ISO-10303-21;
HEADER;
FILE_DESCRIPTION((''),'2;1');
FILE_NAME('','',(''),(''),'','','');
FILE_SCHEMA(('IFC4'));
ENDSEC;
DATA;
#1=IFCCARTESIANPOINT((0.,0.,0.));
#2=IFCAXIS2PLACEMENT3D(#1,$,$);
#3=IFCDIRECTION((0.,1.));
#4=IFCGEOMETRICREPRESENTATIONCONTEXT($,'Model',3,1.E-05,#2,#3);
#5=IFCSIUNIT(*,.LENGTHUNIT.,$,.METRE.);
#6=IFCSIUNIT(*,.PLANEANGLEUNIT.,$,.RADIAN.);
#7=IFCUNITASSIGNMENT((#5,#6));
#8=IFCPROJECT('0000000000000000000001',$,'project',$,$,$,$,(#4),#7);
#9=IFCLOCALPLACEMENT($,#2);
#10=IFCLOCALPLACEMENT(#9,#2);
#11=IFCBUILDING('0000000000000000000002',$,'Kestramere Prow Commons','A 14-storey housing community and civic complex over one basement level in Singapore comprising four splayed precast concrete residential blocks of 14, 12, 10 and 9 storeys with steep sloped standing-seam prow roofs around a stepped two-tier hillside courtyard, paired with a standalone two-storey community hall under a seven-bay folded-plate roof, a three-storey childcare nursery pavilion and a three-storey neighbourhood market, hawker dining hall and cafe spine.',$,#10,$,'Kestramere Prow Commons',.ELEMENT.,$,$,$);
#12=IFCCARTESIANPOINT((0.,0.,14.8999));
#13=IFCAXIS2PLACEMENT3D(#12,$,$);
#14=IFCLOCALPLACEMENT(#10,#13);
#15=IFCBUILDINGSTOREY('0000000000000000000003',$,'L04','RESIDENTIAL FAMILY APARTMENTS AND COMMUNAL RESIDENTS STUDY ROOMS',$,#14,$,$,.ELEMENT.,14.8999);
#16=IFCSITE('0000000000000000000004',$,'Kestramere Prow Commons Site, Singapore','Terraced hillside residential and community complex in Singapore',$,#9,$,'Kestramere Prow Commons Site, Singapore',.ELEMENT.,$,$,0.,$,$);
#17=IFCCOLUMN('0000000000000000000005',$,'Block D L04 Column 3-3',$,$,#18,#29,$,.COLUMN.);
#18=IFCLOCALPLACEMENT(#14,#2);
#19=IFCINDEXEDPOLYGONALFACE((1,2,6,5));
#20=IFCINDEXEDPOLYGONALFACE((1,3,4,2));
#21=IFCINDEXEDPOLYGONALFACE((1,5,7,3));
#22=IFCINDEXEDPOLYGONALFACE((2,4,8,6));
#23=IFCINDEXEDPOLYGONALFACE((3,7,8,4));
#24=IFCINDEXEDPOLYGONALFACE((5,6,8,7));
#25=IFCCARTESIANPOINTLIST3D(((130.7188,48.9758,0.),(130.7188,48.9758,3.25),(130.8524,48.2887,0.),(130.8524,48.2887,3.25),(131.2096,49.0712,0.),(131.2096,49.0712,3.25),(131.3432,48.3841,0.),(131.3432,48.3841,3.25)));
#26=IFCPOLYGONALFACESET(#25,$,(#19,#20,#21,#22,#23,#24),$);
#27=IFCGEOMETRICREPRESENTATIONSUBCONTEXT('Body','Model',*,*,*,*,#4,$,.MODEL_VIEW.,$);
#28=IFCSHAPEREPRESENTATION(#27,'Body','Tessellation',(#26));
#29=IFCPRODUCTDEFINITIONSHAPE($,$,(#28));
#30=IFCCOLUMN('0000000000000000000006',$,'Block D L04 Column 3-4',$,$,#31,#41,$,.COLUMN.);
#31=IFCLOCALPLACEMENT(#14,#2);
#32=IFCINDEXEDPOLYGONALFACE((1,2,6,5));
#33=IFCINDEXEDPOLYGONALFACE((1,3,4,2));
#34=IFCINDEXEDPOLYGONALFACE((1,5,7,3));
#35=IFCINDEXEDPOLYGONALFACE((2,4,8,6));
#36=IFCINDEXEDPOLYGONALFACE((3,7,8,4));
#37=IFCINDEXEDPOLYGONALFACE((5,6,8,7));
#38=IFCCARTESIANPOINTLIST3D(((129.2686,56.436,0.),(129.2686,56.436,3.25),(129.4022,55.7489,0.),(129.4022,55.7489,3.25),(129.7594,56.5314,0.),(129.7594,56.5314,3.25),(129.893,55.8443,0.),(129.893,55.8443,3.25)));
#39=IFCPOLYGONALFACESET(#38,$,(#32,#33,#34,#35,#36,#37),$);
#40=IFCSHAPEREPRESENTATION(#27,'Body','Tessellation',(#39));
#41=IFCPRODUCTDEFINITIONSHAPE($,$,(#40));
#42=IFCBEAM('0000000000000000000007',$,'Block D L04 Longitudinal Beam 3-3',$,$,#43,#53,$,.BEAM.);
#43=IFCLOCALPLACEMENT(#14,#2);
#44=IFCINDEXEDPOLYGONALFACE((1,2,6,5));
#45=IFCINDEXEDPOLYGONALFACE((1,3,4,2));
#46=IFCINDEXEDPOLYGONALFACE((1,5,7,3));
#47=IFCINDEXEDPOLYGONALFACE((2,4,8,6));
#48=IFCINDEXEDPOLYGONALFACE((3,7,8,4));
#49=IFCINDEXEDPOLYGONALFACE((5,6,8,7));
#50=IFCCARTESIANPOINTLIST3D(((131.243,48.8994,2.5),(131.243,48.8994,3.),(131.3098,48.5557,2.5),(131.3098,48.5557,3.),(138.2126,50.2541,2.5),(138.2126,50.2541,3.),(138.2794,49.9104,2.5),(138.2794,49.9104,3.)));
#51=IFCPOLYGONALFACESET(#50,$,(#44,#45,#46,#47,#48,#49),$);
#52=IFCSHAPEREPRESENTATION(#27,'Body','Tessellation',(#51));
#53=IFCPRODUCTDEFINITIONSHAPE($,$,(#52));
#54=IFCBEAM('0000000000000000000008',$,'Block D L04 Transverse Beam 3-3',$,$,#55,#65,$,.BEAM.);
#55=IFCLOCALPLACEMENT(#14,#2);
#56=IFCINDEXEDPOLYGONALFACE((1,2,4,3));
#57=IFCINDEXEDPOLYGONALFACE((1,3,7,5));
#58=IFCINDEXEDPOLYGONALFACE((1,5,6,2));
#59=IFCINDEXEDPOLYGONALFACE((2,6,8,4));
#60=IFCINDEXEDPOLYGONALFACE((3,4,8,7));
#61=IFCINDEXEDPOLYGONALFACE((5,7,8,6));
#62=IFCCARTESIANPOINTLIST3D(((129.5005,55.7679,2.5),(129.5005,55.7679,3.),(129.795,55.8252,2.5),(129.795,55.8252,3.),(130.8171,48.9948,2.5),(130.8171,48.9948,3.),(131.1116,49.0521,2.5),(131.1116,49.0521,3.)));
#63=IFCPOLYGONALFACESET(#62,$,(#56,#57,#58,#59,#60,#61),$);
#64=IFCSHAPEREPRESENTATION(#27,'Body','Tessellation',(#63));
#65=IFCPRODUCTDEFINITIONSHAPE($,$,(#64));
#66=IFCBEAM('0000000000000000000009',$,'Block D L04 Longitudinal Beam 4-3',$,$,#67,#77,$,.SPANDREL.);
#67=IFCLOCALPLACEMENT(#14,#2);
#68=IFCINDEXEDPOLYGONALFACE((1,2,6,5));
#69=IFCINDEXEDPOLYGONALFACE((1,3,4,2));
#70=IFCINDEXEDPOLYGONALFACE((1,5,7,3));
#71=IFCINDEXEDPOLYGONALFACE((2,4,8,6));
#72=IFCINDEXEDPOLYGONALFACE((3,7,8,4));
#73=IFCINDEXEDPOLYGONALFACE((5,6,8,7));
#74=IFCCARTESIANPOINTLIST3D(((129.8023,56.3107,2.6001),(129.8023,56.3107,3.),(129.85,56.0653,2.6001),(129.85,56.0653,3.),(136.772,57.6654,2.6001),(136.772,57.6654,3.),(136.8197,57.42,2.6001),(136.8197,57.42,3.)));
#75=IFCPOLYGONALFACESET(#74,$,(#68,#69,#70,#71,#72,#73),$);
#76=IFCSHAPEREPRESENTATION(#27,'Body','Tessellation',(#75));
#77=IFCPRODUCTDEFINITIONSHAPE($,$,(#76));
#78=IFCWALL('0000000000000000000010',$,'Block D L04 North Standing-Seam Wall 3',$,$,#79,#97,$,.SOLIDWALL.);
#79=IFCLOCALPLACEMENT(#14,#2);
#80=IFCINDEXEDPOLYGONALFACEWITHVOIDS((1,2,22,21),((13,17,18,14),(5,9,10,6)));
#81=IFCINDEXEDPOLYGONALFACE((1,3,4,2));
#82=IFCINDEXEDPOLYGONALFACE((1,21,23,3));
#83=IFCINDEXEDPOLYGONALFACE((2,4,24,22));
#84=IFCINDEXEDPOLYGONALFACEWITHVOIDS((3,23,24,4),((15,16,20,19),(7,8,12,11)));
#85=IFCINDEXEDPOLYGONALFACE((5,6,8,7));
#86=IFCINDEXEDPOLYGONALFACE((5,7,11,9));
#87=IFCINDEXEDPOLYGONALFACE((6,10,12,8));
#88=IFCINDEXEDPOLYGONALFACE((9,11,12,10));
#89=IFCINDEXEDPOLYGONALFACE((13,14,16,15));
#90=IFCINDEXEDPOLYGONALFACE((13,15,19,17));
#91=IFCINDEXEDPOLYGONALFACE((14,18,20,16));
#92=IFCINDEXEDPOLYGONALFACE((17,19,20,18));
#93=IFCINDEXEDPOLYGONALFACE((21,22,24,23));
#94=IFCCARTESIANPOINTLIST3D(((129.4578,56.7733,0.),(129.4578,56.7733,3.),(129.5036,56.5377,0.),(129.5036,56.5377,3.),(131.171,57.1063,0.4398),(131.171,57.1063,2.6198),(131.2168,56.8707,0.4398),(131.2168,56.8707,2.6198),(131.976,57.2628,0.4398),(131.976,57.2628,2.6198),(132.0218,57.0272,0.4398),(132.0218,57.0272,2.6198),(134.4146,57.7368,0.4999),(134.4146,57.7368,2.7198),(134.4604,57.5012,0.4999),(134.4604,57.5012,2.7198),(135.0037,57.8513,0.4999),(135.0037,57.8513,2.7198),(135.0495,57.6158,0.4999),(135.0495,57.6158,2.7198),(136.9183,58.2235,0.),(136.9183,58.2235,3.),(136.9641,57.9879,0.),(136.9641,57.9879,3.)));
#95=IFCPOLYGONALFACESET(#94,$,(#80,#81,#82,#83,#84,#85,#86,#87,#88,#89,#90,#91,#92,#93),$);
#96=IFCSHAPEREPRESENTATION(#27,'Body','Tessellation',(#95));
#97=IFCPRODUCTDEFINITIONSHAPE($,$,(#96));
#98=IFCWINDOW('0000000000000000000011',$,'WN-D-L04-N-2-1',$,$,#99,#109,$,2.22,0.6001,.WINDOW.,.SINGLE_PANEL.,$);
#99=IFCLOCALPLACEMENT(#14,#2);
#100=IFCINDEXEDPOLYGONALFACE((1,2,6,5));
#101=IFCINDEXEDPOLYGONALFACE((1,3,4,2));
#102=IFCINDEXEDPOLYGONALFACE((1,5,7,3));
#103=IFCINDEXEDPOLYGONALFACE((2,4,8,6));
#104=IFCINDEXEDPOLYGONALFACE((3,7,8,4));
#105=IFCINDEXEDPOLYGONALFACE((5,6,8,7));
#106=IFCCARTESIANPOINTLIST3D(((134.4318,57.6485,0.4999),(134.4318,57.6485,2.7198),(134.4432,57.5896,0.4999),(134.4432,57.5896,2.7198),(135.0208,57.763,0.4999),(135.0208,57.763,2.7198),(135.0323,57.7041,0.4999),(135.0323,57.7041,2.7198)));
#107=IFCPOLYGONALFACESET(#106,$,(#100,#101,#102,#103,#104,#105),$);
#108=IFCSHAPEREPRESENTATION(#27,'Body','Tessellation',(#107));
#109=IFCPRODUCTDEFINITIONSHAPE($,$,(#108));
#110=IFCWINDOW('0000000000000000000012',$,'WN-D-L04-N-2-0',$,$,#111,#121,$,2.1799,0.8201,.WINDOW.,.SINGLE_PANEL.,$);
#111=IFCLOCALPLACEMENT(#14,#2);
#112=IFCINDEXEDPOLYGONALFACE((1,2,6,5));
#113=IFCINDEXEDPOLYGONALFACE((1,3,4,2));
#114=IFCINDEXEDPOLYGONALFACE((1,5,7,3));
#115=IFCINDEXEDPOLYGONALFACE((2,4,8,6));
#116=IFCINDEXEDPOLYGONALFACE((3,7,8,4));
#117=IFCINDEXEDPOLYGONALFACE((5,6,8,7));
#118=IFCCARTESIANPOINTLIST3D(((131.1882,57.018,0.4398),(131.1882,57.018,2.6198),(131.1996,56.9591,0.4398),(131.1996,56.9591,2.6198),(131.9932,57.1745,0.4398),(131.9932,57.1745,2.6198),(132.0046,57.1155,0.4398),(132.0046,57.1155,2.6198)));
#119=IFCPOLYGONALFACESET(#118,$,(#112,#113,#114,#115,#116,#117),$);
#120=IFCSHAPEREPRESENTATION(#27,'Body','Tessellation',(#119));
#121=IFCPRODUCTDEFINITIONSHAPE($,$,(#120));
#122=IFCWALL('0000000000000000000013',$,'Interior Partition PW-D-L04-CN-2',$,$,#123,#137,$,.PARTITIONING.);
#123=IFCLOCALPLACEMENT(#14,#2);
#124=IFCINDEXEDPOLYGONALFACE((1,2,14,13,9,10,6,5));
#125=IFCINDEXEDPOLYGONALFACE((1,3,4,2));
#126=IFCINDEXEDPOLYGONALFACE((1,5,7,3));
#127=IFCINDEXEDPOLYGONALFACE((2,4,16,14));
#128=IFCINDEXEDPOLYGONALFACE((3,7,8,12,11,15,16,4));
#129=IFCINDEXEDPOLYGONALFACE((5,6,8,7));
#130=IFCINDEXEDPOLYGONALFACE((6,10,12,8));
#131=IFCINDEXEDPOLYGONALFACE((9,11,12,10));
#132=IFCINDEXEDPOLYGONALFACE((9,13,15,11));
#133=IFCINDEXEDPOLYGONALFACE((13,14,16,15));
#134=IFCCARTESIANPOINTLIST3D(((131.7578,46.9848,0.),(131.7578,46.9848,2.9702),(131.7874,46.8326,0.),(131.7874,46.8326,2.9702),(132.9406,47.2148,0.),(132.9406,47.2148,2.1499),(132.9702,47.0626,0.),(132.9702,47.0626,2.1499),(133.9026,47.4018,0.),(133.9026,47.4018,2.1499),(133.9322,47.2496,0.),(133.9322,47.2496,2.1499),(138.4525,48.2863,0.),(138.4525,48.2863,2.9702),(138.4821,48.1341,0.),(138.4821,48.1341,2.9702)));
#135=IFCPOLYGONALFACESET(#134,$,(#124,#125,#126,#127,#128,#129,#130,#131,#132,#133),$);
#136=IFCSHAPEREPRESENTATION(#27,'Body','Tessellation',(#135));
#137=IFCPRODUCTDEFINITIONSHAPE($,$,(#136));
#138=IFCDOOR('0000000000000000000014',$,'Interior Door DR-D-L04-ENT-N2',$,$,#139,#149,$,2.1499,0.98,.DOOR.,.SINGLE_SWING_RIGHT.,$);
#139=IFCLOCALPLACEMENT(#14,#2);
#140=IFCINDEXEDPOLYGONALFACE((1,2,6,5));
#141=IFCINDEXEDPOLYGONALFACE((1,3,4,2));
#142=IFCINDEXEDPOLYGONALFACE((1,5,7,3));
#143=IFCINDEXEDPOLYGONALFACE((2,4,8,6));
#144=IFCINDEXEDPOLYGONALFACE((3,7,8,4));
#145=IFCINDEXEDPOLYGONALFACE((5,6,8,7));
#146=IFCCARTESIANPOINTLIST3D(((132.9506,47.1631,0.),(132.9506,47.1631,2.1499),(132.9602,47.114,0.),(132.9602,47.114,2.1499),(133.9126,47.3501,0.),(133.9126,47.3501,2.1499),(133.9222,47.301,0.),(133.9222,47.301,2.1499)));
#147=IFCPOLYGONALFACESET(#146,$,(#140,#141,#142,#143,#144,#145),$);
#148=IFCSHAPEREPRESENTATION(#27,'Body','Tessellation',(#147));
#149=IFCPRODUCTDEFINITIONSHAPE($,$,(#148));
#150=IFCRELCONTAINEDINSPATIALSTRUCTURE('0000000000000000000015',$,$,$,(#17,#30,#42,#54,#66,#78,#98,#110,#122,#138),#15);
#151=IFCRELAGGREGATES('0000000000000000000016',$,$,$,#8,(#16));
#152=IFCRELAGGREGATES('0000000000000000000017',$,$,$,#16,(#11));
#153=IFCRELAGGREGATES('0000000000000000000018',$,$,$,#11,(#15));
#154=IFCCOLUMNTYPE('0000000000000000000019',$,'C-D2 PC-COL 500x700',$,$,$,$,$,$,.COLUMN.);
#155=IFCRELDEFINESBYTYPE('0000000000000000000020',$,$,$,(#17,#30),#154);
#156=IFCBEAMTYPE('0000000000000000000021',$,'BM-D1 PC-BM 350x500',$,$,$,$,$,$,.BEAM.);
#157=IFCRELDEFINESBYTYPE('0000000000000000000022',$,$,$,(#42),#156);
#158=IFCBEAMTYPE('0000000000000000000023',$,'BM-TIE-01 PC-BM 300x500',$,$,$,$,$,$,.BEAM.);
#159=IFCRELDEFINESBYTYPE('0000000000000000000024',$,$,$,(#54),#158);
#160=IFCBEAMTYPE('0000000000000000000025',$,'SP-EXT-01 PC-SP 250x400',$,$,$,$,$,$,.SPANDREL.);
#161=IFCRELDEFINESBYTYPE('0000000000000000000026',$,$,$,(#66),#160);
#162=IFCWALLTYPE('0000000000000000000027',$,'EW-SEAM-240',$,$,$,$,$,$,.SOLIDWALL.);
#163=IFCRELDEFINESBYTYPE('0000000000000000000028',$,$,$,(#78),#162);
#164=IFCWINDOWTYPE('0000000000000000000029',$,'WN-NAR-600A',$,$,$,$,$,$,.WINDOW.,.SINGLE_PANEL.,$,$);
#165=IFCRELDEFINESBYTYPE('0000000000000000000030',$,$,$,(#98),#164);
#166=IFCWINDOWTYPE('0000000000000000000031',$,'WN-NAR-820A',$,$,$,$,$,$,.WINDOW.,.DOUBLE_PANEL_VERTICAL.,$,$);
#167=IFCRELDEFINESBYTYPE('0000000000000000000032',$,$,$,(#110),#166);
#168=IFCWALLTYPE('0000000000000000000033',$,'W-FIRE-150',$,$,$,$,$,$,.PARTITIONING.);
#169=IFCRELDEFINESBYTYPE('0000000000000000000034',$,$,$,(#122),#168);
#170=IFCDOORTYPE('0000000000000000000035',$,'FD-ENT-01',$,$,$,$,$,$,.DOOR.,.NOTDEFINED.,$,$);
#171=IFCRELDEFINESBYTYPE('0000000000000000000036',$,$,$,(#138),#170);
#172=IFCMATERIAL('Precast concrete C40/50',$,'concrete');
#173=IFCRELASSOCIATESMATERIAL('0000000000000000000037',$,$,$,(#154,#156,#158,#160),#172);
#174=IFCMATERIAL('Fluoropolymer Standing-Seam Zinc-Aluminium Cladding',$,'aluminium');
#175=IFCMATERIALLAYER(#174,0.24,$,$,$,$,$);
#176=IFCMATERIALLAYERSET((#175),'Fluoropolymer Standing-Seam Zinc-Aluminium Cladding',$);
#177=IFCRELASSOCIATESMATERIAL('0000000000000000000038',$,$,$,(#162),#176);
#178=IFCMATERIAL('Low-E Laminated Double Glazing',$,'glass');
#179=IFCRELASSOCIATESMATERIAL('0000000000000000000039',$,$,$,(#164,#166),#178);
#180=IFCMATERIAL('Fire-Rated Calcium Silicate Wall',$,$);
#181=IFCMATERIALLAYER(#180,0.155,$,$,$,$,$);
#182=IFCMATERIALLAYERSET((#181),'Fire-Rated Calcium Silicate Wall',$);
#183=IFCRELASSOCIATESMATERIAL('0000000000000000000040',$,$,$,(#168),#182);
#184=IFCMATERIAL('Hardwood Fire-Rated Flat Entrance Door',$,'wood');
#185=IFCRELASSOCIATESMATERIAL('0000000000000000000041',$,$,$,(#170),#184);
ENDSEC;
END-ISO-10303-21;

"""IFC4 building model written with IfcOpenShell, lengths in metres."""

from ifc_helpers import new_model, si_unit, direction, frame, frame_2d, origin, origin_2d, place, context, subcontext, project, spatial, rectangle, extrude, material, layer, layer_set, material_profile, profile_set, type_object, element, fill, save


model = new_model("IFC4")

# Units and contexts
model_context = context("Model", 3, precision=1e-05, world=origin(), true_north=direction((0.0, 1.0)))
body_context = subcontext(model_context, "Body", "Model", "MODEL_VIEW")
ifc_project = project(units=[si_unit("LENGTHUNIT", "METRE"), si_unit("PLANEANGLEUNIT", "RADIAN")], contexts=[model_context])

# Site, building, storey
site_placement = place(None, origin())
site = spatial("IfcSite", under=ifc_project, at=site_placement, Name="Kestramere Prow Commons Site, Singapore", Description="Terraced hillside residential and community complex in Singapore", LongName="Kestramere Prow Commons Site, Singapore", CompositionType="ELEMENT", RefElevation=0.0)
building_placement = place(site_placement, origin())
building = spatial("IfcBuilding", under=site, at=building_placement, Name="Kestramere Prow Commons", Description="A 14-storey housing community and civic complex over one basement level in Singapore comprising four splayed precast concrete residential blocks of 14, 12, 10 and 9 storeys with steep sloped standing-seam prow roofs around a stepped two-tier hillside courtyard, paired with a standalone two-storey community hall under a seven-bay folded-plate roof, a three-storey childcare nursery pavilion and a three-storey neighbourhood market, hawker dining hall and cafe spine.", LongName="Kestramere Prow Commons", CompositionType="ELEMENT")
storey_placement = place(building_placement, frame((0.0, 0.0, 14.8999)))
storey = spatial("IfcBuildingStorey", under=building, at=storey_placement, Name="L04", Description="RESIDENTIAL FAMILY APARTMENTS AND COMMUNAL RESIDENTS STUDY ROOMS", CompositionType="ELEMENT", Elevation=14.8999)

# Columns
ifc_material_1 = material(Name="Precast concrete C40/50", Category="concrete")
ifc_material_profile_1 = material_profile(ifc_material_1, rectangle(XDim=0.5, YDim=0.7, at=origin_2d()), Name="PC-COL 500x700")
ifc_profile_set_1 = profile_set([ifc_material_profile_1], Name="Precast concrete C40/50")
column_type = type_object("IfcColumnType", Name="C-D2 PC-COL 500x700", PredefinedType="COLUMN", material=ifc_profile_set_1)
for number, where, z_axis, x_axis, name in (
    (1, (131.031, 48.6799, 0.0), (0.0, 0.0, 1.0), (0.981627, 0.190809, 0.0), "Block D L04 Column 3-3"),
    (2, (129.5808, 56.1401, 0.0), (0.0, 0.0, 1.0), (0.981627, 0.190809, 0.0), "Block D L04 Column 3-4"),
):
    element("IfcColumn", number, at=place(storey_placement, frame(where, z_axis=z_axis, x_axis=x_axis)), inside=storey, type_object=column_type, Name=name, PredefinedType="COLUMN", context=body_context, shape_type="SweptSolid", body=[
        extrude(rectangle(XDim=0.5, YDim=0.7, at=origin_2d()), origin(), (0.0, 0.0, 1.0), 3.25),
    ])

# Beams
ifc_material_profile_2 = material_profile(ifc_material_1, rectangle(XDim=0.3501, YDim=0.5, at=origin_2d()), Name="PC-BM 350x500")
ifc_profile_set_2 = profile_set([ifc_material_profile_2], Name="Precast concrete C40/50")
beam_type_1 = type_object("IfcBeamType", Name="BM-D1 PC-BM 350x500", PredefinedType="BEAM", material=ifc_profile_set_2)
beam_1_placement = place(storey_placement, frame((131.2764, 48.7275, 2.75), z_axis=(0.981628, 0.190803, 0.0), x_axis=(-0.190803, 0.981628, 0.0)))
element("IfcBeam", 3, at=beam_1_placement, inside=storey, type_object=beam_type_1, Name="Block D L04 Longitudinal Beam 3-3", PredefinedType="BEAM", context=body_context, shape_type="SweptSolid", body=[
    extrude(rectangle(XDim=0.3501, YDim=0.5, at=origin_2d()), origin(), (0.0, 0.0, 1.0), 7.1001),
])
ifc_material_profile_3 = material_profile(ifc_material_1, rectangle(XDim=0.3, YDim=0.5, at=origin_2d()), Name="PC-BM 300x500")
ifc_profile_set_3 = profile_set([ifc_material_profile_3], Name="Precast concrete C40/50")
beam_type_2 = type_object("IfcBeamType", Name="BM-TIE-01 PC-BM 300x500", PredefinedType="BEAM", material=ifc_profile_set_3)
beam_2_placement = place(storey_placement, frame((130.9644, 49.0234, 2.75), z_axis=(-0.190819, 0.981625, 0.0), x_axis=(-0.981625, -0.190819, 0.0)))
element("IfcBeam", 4, at=beam_2_placement, inside=storey, type_object=beam_type_2, Name="Block D L04 Transverse Beam 3-3", PredefinedType="BEAM", context=body_context, shape_type="SweptSolid", body=[
    extrude(rectangle(XDim=0.3, YDim=0.5, at=origin_2d()), origin(), (0.0, 0.0, 1.0), 6.8999),
])
ifc_material_profile_4 = material_profile(ifc_material_1, rectangle(XDim=0.25, YDim=0.3999, at=origin_2d()), Name="PC-SP 250x400")
ifc_profile_set_4 = profile_set([ifc_material_profile_4], Name="Precast concrete C40/50")
beam_type_3 = type_object("IfcBeamType", Name="SP-EXT-01 PC-SP 250x400", PredefinedType="SPANDREL", material=ifc_profile_set_4)
beam_3_placement = place(storey_placement, frame((129.8262, 56.188, 2.8), z_axis=(0.981628, 0.190803, 0.0), x_axis=(-0.190803, 0.981628, 0.0)))
element("IfcBeam", 5, at=beam_3_placement, inside=storey, type_object=beam_type_3, Name="Block D L04 Longitudinal Beam 4-3", PredefinedType="SPANDREL", context=body_context, shape_type="SweptSolid", body=[
    extrude(rectangle(XDim=0.25, YDim=0.3999, at=origin_2d()), origin(), (0.0, 0.0, 1.0), 7.1001),
])

# Wall, openings, windows
ifc_material_2 = material(Name="Fluoropolymer Standing-Seam Zinc-Aluminium Cladding", Category="aluminium")
ifc_layer_1 = layer(ifc_material_2, 0.24)
ifc_layer_set_1 = layer_set([ifc_layer_1], Name="Fluoropolymer Standing-Seam Zinc-Aluminium Cladding")
wall_type_1 = type_object("IfcWallType", Name="EW-SEAM-240", PredefinedType="SOLIDWALL", material=ifc_layer_set_1)
wall_1_placement = place(storey_placement, frame((129.4807, 56.6555, 0.0), z_axis=(0.0, 0.0, 1.0), x_axis=(0.981626, 0.190813, 0.0)))
wall_1 = element("IfcWall", 6, at=wall_1_placement, inside=storey, type_object=wall_type_1, Name="Block D L04 North Standing-Seam Wall 3", PredefinedType="SOLIDWALL", context=body_context, shape_type="SweptSolid", body=[
    extrude(rectangle(XDim=7.6001, YDim=0.24, at=frame_2d((3.8, 0.0))), origin(), (0.0, 0.0, 1.0), 3.0),
])
opening_1_placement = place(wall_1_placement, frame((1.7451, 0.0, 0.4399)))
opening_1 = element("IfcOpeningElement", 7, at=opening_1_placement, cuts=wall_1, PredefinedType="OPENING", context=body_context, shape_type="SweptSolid", body=[
    extrude(rectangle(XDim=0.8201, YDim=2.1799, at=frame_2d((0.4102, 1.0898))), frame((0.0, 0.135, 0.0), z_axis=(0.0, -1.0, 0.0), x_axis=(1.0, 0.0, 0.0)), (0.0, 0.0, 1.0), 0.27),
])
opening_2_placement = place(wall_1_placement, frame((5.0496, 0.0, 0.5)))
opening_2 = element("IfcOpeningElement", 8, at=opening_2_placement, cuts=wall_1, PredefinedType="OPENING", context=body_context, shape_type="SweptSolid", body=[
    extrude(rectangle(XDim=0.6001, YDim=2.22, at=frame_2d((0.3, 1.1099))), frame((0.0, 0.135, 0.0), z_axis=(0.0, -1.0, 0.0), x_axis=(1.0, 0.0, 0.0)), (0.0, 0.0, 1.0), 0.27),
])
ifc_material_3 = material(Name="Low-E Laminated Double Glazing", Category="glass")
window_type_1 = type_object("IfcWindowType", Name="WN-NAR-600A", PartitioningType="SINGLE_PANEL", PredefinedType="WINDOW", material=ifc_material_3)
window_1_placement = place(opening_2_placement, origin())
window_1 = element("IfcWindow", 9, at=window_1_placement, inside=storey, type_object=window_type_1, Name="WN-D-L04-N-2-1", OverallHeight=2.22, OverallWidth=0.6001, PartitioningType="SINGLE_PANEL", PredefinedType="WINDOW", context=body_context, shape_type="SweptSolid", body=[
    extrude(rectangle(XDim=0.6001, YDim=2.22, at=frame_2d((0.3, 1.1099))), frame((0.0, 0.03, 0.0), z_axis=(0.0, -1.0, 0.0), x_axis=(1.0, 0.0, 0.0)), (0.0, 0.0, 1.0), 0.0601),
])
fill(opening_2, window_1)
window_type_2 = type_object("IfcWindowType", Name="WN-NAR-820A", PartitioningType="DOUBLE_PANEL_VERTICAL", PredefinedType="WINDOW", material=ifc_material_3)
window_2_placement = place(opening_1_placement, origin())
window_2 = element("IfcWindow", 10, at=window_2_placement, inside=storey, type_object=window_type_2, Name="WN-D-L04-N-2-0", OverallHeight=2.1799, OverallWidth=0.8201, PartitioningType="SINGLE_PANEL", PredefinedType="WINDOW", context=body_context, shape_type="SweptSolid", body=[
    extrude(rectangle(XDim=0.8201, YDim=2.1799, at=frame_2d((0.4102, 1.0898))), frame((0.0, 0.03, 0.0), z_axis=(0.0, -1.0, 0.0), x_axis=(1.0, 0.0, 0.0)), (0.0, 0.0, 1.0), 0.0601),
])
fill(opening_1, window_2)

# Wall, opening, door
ifc_material_4 = material(Name="Fire-Rated Calcium Silicate Wall")
ifc_layer_2 = layer(ifc_material_4, 0.155)
ifc_layer_set_2 = layer_set([ifc_layer_2], Name="Fire-Rated Calcium Silicate Wall")
wall_type_2 = type_object("IfcWallType", Name="W-FIRE-150", PredefinedType="PARTITIONING", material=ifc_layer_set_2)
wall_2_placement = place(storey_placement, frame((131.7725, 46.9087, 0.0), z_axis=(0.0, 0.0, 1.0), x_axis=(0.981622, 0.190833, 0.0)))
wall_2 = element("IfcWall", 11, at=wall_2_placement, inside=storey, type_object=wall_type_2, Name="Interior Partition PW-D-L04-CN-2", PredefinedType="PARTITIONING", context=body_context, shape_type="SweptSolid", body=[
    extrude(rectangle(XDim=6.8201, YDim=0.155, at=frame_2d((3.4102, 0.0))), origin(), (0.0, 0.0, 1.0), 2.9702),
])
opening_3_placement = place(wall_2_placement, frame((1.2051, 0.0, 0.0)))
opening_3 = element("IfcOpeningElement", 12, at=opening_3_placement, cuts=wall_2, PredefinedType="OPENING", context=body_context, shape_type="SweptSolid", body=[
    extrude(rectangle(XDim=0.98, YDim=2.1499, at=frame_2d((0.49, 1.075))), frame((0.0, 0.0925, 0.0), z_axis=(0.0, -1.0, 0.0), x_axis=(1.0, 0.0, 0.0)), (0.0, 0.0, 1.0), 0.1851),
])
ifc_material_5 = material(Name="Hardwood Fire-Rated Flat Entrance Door", Category="wood")
door_type_1 = type_object("IfcDoorType", Name="FD-ENT-01", OperationType="NOTDEFINED", PredefinedType="DOOR", material=ifc_material_5)
door_1_placement = place(opening_3_placement, origin())
door_1 = element("IfcDoor", 13, at=door_1_placement, inside=storey, type_object=door_type_1, Name="Interior Door DR-D-L04-ENT-N2", OperationType="SINGLE_SWING_RIGHT", OverallHeight=2.1499, OverallWidth=0.98, PredefinedType="DOOR", context=body_context, shape_type="SweptSolid", body=[
    extrude(rectangle(XDim=0.98, YDim=2.1499, at=frame_2d((0.49, 1.075))), frame((0.0, 0.0249, 0.0), z_axis=(0.0, -1.0, 0.0), x_axis=(1.0, 0.0, 0.0)), (0.0, 0.0, 1.0), 0.05),
])
fill(opening_3, door_1)

save(model, "model.ifc")
